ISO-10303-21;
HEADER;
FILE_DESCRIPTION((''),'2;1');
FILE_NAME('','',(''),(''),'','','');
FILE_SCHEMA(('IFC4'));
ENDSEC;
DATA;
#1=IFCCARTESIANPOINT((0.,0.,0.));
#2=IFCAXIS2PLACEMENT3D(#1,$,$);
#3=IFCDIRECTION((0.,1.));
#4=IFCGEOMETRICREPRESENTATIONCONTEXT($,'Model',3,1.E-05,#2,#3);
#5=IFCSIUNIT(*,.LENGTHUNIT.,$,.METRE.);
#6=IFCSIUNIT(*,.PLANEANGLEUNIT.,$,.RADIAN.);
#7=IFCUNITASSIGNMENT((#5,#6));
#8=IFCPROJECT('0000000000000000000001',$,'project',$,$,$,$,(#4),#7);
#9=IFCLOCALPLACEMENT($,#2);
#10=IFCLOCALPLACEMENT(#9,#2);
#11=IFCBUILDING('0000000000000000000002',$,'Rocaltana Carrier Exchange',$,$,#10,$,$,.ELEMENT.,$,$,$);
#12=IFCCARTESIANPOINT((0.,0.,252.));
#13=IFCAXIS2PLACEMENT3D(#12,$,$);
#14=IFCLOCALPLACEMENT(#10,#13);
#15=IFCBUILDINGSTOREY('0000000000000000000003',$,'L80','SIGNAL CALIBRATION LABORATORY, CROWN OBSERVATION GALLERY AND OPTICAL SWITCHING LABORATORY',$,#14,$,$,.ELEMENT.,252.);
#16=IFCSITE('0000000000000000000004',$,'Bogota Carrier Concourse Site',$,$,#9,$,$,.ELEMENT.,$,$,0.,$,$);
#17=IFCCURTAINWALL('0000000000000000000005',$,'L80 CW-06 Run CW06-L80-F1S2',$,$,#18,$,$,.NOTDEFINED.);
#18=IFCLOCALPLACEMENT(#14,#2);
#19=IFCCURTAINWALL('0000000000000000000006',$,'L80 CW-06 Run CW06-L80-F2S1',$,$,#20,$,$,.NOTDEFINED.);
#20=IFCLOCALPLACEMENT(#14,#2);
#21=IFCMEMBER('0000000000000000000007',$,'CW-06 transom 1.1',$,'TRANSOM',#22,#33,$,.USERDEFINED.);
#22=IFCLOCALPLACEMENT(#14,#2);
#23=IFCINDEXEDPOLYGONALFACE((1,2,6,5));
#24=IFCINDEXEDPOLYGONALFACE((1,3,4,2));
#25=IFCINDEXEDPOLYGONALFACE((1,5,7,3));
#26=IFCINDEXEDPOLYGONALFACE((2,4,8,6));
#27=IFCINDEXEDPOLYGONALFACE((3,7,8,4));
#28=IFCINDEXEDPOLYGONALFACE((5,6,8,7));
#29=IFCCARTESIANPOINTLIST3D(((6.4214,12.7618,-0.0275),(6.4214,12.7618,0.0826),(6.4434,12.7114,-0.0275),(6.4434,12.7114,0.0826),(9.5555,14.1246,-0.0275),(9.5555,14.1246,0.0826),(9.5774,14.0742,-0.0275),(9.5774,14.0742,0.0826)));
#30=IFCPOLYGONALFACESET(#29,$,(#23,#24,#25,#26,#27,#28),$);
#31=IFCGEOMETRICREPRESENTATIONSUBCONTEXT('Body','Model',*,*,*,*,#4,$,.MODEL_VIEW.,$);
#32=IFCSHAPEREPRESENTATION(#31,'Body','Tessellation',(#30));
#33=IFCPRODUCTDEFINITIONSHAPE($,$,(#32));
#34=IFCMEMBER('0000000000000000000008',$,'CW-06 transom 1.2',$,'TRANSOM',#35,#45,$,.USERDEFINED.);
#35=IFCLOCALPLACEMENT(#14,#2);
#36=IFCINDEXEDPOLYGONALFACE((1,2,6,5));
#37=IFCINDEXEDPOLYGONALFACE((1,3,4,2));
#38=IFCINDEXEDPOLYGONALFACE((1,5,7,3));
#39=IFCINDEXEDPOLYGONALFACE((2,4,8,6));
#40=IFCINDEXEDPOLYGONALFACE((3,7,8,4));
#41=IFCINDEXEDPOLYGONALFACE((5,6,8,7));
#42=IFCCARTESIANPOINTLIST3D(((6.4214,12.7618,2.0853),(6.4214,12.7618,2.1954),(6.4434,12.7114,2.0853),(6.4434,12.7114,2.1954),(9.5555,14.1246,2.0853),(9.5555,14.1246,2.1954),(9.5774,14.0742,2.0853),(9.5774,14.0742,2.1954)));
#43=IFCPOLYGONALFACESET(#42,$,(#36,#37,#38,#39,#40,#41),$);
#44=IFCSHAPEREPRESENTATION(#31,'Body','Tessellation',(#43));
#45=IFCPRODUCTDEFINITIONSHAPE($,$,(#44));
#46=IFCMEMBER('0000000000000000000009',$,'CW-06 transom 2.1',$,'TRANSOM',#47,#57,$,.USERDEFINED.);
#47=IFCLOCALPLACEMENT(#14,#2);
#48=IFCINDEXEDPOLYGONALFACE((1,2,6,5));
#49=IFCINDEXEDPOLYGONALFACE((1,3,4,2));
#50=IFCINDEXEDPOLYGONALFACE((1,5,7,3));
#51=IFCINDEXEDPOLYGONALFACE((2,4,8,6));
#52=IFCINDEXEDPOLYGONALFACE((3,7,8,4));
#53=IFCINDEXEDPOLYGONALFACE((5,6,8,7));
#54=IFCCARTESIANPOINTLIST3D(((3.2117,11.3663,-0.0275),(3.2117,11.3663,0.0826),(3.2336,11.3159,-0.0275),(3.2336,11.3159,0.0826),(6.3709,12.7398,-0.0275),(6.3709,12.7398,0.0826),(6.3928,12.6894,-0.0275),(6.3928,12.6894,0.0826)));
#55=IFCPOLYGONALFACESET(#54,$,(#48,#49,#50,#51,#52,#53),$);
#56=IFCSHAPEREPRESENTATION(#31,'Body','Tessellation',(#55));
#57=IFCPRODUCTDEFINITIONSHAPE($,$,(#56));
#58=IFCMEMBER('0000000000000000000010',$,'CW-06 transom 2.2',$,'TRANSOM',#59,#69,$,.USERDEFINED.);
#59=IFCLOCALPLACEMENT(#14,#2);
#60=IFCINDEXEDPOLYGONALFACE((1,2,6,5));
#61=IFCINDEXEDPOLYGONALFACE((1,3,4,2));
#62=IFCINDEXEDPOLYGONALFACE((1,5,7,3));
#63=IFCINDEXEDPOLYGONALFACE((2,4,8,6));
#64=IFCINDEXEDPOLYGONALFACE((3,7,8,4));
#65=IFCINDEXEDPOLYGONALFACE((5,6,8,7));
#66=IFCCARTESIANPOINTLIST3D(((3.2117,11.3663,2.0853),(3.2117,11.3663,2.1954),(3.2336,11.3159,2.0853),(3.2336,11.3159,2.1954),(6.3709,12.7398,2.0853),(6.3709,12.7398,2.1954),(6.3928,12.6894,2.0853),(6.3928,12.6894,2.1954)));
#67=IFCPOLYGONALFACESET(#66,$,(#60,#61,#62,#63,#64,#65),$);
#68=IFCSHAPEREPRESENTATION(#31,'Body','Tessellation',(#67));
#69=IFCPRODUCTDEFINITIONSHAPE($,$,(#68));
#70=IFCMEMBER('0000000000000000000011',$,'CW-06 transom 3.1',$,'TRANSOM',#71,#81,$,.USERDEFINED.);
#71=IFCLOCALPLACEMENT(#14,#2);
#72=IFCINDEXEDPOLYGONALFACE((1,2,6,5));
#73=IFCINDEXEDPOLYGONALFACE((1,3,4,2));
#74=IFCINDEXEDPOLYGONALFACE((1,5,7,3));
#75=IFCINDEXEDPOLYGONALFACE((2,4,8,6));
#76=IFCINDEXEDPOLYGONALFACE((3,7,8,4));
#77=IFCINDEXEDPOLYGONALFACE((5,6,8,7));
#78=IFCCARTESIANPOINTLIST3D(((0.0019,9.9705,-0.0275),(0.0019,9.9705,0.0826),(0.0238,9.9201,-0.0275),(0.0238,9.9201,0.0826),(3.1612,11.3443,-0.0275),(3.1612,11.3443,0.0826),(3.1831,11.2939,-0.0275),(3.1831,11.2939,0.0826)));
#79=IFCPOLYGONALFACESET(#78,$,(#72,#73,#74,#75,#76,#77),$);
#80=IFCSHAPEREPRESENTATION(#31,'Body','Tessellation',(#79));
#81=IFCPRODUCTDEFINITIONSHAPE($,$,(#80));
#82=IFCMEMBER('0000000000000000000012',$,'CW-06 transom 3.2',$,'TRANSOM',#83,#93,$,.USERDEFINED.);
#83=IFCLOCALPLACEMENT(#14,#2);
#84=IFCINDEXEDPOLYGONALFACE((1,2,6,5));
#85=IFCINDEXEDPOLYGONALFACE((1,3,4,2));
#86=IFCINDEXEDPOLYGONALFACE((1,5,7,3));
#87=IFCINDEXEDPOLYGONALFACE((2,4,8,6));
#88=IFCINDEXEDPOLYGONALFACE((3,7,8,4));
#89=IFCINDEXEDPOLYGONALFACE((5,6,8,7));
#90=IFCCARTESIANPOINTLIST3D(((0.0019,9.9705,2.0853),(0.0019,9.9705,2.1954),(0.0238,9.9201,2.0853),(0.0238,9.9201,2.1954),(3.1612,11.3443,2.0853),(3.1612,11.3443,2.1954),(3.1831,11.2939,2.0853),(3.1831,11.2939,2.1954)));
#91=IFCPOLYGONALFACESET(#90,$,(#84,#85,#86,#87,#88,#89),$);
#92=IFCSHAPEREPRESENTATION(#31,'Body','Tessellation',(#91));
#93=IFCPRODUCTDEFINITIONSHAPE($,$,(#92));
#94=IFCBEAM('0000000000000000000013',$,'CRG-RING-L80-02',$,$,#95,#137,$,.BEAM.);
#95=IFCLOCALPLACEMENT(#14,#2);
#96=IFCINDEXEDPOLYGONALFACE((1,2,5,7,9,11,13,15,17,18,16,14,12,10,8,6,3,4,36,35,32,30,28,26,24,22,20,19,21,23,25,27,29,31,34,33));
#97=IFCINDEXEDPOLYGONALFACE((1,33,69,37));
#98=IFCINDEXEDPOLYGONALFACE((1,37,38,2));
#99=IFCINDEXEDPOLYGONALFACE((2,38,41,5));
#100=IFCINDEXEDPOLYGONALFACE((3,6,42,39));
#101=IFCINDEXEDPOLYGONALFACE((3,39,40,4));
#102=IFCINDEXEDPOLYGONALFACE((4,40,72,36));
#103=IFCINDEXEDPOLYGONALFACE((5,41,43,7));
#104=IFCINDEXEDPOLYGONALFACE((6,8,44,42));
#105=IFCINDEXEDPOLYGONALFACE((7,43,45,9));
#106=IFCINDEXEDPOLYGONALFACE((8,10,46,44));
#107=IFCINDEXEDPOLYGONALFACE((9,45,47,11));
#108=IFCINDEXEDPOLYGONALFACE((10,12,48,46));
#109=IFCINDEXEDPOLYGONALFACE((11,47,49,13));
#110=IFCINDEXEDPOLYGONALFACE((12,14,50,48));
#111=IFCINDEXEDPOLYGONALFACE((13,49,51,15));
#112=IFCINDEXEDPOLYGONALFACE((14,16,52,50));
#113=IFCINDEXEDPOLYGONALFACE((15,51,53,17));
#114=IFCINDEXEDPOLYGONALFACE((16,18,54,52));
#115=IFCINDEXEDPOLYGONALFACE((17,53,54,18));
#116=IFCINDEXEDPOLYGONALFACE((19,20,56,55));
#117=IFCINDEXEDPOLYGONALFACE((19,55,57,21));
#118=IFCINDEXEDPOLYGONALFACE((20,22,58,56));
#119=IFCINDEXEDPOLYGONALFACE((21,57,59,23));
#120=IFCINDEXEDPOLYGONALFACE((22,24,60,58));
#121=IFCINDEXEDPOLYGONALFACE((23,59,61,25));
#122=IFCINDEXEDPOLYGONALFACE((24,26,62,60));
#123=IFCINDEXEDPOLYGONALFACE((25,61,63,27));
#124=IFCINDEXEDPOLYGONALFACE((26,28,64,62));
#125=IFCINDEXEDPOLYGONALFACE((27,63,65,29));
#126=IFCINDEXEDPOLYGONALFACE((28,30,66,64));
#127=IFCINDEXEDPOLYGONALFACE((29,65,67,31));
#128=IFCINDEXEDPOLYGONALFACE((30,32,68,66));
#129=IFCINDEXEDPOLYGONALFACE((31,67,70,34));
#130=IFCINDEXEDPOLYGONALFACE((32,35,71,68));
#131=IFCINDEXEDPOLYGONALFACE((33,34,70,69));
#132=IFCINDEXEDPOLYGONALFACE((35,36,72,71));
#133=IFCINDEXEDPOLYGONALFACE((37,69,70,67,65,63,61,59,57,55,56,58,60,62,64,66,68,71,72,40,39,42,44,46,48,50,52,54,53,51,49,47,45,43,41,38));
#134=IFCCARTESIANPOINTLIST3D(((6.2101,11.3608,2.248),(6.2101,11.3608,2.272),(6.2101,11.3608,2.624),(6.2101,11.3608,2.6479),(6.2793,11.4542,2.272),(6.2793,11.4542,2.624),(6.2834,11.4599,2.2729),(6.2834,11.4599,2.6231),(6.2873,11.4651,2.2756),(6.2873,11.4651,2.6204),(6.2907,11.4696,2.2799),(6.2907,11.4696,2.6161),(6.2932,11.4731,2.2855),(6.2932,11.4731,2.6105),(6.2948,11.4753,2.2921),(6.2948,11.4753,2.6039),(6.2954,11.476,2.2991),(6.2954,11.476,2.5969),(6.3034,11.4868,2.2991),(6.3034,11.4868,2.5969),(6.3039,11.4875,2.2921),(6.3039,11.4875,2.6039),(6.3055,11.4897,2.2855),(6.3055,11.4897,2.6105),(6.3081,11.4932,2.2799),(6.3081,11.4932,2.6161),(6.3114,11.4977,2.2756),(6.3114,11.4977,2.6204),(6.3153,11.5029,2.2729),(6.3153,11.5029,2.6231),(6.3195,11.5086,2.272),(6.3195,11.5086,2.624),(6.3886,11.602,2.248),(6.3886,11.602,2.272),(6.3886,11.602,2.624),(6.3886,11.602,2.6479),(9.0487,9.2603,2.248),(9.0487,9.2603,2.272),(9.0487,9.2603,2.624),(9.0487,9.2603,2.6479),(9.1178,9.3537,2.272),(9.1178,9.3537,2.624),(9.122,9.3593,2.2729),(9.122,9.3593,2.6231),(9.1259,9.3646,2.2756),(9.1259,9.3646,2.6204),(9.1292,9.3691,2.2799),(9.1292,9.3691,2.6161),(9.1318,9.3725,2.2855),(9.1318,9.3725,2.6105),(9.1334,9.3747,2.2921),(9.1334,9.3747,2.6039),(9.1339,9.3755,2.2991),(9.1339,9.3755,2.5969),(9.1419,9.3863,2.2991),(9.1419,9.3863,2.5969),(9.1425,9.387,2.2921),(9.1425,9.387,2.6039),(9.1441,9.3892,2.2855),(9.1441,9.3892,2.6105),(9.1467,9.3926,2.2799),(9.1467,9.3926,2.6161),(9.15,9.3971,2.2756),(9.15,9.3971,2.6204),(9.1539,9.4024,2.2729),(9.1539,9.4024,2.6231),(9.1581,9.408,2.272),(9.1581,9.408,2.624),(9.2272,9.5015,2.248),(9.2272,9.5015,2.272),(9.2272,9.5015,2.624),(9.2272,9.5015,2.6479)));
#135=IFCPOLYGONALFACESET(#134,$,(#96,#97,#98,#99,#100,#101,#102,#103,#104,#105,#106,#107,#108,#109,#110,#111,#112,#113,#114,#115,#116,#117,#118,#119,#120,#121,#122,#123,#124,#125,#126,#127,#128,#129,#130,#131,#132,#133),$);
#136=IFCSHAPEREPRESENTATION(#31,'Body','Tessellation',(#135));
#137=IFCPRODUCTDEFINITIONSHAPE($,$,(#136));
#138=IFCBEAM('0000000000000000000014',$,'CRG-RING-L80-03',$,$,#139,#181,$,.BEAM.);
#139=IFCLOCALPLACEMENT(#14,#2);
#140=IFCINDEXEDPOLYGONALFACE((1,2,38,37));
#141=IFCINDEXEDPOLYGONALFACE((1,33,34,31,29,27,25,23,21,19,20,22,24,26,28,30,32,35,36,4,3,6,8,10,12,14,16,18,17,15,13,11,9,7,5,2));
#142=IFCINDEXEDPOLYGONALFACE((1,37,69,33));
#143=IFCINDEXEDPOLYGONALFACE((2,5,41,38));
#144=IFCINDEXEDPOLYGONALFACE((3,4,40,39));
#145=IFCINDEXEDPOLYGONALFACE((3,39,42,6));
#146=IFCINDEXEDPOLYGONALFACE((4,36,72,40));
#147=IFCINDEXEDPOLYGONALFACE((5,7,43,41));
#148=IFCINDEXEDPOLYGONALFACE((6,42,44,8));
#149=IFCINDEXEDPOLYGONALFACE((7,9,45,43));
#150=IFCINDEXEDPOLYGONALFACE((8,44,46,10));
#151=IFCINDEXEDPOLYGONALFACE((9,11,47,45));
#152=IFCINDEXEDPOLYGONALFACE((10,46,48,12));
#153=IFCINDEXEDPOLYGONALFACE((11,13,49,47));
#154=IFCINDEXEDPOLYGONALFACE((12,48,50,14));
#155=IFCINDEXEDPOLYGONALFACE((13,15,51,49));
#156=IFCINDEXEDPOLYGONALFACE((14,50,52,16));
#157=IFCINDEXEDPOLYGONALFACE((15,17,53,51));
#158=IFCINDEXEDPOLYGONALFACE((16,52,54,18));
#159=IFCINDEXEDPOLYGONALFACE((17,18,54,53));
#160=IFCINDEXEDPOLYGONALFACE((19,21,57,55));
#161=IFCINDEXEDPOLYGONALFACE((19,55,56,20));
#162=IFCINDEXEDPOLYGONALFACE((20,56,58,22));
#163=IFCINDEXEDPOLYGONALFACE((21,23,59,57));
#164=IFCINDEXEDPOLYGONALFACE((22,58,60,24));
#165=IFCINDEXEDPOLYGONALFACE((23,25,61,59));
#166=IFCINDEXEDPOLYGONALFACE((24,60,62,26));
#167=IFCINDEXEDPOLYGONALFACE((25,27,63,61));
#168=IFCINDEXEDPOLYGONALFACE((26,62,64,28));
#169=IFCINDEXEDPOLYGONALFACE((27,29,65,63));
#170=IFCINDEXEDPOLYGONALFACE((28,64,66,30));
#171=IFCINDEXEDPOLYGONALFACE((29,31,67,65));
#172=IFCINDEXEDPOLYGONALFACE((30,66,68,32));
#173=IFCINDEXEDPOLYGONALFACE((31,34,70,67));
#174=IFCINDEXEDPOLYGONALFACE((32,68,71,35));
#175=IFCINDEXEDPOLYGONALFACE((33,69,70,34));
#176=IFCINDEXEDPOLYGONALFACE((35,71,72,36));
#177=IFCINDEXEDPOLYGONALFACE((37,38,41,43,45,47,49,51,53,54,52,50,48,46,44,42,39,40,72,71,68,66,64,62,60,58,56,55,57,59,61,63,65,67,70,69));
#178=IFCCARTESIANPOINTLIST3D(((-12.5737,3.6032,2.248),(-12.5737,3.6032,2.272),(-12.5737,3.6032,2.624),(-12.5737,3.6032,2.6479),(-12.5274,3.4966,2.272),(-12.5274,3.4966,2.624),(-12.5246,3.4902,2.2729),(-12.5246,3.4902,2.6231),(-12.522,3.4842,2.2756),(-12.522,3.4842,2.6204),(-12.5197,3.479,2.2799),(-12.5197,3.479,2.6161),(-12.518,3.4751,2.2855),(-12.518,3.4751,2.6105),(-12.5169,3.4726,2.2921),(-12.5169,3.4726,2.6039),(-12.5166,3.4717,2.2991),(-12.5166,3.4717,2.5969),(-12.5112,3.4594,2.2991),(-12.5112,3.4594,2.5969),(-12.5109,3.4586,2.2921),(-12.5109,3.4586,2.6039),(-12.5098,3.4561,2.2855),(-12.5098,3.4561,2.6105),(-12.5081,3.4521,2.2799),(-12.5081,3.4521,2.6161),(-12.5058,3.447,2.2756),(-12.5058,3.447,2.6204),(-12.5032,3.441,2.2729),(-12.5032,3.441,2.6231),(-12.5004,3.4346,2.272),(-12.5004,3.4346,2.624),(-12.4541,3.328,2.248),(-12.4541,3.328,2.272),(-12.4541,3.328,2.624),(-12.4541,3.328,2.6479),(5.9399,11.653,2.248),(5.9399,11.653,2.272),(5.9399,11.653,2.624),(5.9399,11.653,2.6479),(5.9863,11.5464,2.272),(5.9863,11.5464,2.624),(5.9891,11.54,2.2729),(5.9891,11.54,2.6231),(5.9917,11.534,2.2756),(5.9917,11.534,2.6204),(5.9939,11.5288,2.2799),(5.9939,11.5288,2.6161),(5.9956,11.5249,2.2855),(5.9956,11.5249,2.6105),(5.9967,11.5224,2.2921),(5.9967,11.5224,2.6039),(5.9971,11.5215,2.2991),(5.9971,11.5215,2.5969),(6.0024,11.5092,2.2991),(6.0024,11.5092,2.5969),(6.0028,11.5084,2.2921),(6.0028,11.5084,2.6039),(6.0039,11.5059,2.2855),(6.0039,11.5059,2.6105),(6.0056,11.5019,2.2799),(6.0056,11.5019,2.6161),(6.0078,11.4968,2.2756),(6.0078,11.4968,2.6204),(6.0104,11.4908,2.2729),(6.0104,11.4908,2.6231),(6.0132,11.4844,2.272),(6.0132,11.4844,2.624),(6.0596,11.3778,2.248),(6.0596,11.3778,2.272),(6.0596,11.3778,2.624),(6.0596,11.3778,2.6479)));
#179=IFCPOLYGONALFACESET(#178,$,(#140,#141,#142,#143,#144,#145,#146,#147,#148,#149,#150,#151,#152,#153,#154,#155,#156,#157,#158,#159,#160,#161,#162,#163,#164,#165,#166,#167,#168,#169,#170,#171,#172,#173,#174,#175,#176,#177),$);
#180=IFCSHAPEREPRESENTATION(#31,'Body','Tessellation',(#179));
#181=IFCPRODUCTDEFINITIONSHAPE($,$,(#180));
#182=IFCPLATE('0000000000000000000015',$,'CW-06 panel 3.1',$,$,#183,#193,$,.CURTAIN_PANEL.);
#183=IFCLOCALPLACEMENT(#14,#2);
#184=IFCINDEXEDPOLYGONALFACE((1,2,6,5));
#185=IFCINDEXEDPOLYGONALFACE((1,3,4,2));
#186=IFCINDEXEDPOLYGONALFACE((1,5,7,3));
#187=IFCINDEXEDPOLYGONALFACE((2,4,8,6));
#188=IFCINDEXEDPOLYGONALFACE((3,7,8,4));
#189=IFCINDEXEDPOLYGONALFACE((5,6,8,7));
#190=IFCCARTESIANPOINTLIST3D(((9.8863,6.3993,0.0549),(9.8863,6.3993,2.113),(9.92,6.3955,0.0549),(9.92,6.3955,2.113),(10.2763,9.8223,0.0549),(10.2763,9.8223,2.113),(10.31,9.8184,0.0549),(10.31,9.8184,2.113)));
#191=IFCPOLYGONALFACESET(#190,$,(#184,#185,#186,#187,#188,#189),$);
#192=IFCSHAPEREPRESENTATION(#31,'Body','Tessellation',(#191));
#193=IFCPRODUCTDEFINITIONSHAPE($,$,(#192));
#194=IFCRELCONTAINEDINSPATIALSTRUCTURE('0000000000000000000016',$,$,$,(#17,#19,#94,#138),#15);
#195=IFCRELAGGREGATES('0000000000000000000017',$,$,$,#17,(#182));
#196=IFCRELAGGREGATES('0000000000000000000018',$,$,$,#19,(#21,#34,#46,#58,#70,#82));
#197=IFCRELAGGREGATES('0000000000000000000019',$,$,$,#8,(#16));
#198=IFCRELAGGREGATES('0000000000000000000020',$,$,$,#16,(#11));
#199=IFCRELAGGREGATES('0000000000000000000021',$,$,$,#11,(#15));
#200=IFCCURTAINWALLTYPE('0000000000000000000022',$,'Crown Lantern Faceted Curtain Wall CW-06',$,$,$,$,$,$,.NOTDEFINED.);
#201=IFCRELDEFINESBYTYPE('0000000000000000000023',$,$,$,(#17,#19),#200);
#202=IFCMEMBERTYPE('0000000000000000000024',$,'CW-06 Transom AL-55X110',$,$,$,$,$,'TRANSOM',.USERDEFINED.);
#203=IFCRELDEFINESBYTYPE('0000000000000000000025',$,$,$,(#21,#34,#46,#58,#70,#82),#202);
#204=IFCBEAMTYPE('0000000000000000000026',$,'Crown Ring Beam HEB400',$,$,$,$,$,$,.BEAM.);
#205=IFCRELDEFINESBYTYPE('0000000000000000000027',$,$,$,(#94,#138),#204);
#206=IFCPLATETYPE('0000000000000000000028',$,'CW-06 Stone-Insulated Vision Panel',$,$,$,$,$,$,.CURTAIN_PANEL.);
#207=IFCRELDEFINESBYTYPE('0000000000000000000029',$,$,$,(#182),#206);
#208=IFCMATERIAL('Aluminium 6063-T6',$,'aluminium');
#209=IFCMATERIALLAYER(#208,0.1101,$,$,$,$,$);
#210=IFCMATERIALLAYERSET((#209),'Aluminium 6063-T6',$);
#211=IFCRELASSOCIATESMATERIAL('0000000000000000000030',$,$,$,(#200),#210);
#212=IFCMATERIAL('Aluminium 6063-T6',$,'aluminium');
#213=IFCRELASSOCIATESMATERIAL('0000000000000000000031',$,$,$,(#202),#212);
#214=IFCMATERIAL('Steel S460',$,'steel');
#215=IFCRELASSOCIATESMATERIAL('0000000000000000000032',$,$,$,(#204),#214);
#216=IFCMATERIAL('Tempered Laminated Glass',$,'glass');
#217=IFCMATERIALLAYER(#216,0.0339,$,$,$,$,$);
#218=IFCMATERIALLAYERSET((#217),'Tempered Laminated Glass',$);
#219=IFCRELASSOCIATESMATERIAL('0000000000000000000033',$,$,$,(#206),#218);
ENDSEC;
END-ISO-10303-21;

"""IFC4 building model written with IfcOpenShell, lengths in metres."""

from ifc_helpers import new_model, si_unit, direction, frame, origin, origin_2d, place, context, subcontext, project, spatial, rectangle, i_section, extrude, material, layer, layer_set, material_profile, profile_set, type_object, element, aggregate, save


model = new_model("IFC4")

# Units and contexts
model_context = context("Model", 3, precision=1e-05, world=origin(), true_north=direction((0.0, 1.0)))
body_context = subcontext(model_context, "Body", "Model", "MODEL_VIEW")
ifc_project = project(units=[si_unit("LENGTHUNIT", "METRE"), si_unit("PLANEANGLEUNIT", "RADIAN")], contexts=[model_context])

# Site, building, storey
site_placement = place(None, origin())
site = spatial("IfcSite", under=ifc_project, at=site_placement, Name="Bogota Carrier Concourse Site", CompositionType="ELEMENT", RefElevation=0.0)
building_placement = place(site_placement, origin())
building = spatial("IfcBuilding", under=site, at=building_placement, Name="Rocaltana Carrier Exchange", CompositionType="ELEMENT")
storey_placement = place(building_placement, frame((0.0, 0.0, 252.0)))
storey = spatial("IfcBuildingStorey", under=building, at=storey_placement, Name="L80", Description="SIGNAL CALIBRATION LABORATORY, CROWN OBSERVATION GALLERY AND OPTICAL SWITCHING LABORATORY", CompositionType="ELEMENT", Elevation=252.0)

# Curtain walls
ifc_material_1 = material(Name="Aluminium 6063-T6", Category="aluminium")
ifc_layer_1 = layer(ifc_material_1, 0.1101)
ifc_layer_set_1 = layer_set([ifc_layer_1], Name="Aluminium 6063-T6")
curtain_wall_type = type_object("IfcCurtainWallType", Name="Crown Lantern Faceted Curtain Wall CW-06", PredefinedType="NOTDEFINED", material=ifc_layer_set_1)
curtain_wall_1_placement = place(storey_placement, origin())
curtain_wall_1 = element("IfcCurtainWall", 1, at=curtain_wall_1_placement, inside=storey, type_object=curtain_wall_type, Name="L80 CW-06 Run CW06-L80-F1S2", PredefinedType="NOTDEFINED")
curtain_wall_2_placement = place(storey_placement, origin())
curtain_wall_2 = element("IfcCurtainWall", 2, at=curtain_wall_2_placement, inside=storey, type_object=curtain_wall_type, Name="L80 CW-06 Run CW06-L80-F2S1", PredefinedType="NOTDEFINED")

# Members
ifc_material_2 = material(Name="Aluminium 6063-T6", Category="aluminium")
ifc_material_profile_1 = material_profile(ifc_material_2, rectangle(XDim=0.0549, YDim=0.1101, at=origin_2d()), Name="AL-55X110")
ifc_profile_set_1 = profile_set([ifc_material_profile_1], Name="Aluminium 6063-T6")
member_type_1 = type_object("IfcMemberType", Name="CW-06 Transom AL-55X110", ElementType="TRANSOM", PredefinedType="USERDEFINED", material=ifc_profile_set_1)
member_1_placement = place(storey_placement, frame((9.5664, 14.0994, 0.0276), z_axis=(-0.917052, -0.398768, 0.0), x_axis=(0.398768, -0.917052, 0.0)))
member_1 = element("IfcMember", 3, at=member_1_placement, type_object=member_type_1, Name="CW-06 transom 1.1", ObjectType="TRANSOM", PredefinedType="USERDEFINED", context=body_context, shape_type="SweptSolid", body=[
    extrude(rectangle(XDim=0.0549, YDim=0.1101, at=origin_2d()), origin(), (0.0, 0.0, 1.0), 3.4175),
])
member_2_placement = place(storey_placement, frame((9.5664, 14.0994, 2.1404), z_axis=(-0.917052, -0.398768, 0.0), x_axis=(0.398768, -0.917052, 0.0)))
member_2 = element("IfcMember", 4, at=member_2_placement, type_object=member_type_1, Name="CW-06 transom 1.2", ObjectType="TRANSOM", PredefinedType="USERDEFINED", context=body_context, shape_type="SweptSolid", body=[
    extrude(rectangle(XDim=0.0549, YDim=0.1101, at=origin_2d()), origin(), (0.0, 0.0, 1.0), 3.4175),
])
member_3_placement = place(storey_placement, frame((6.3818, 12.7146, 0.0276), z_axis=(-0.917072, -0.398721, 0.0), x_axis=(0.398721, -0.917072, 0.0)))
member_3 = element("IfcMember", 5, at=member_3_placement, type_object=member_type_1, Name="CW-06 transom 2.1", ObjectType="TRANSOM", PredefinedType="USERDEFINED", context=body_context, shape_type="SweptSolid", body=[
    extrude(rectangle(XDim=0.0549, YDim=0.1101, at=origin_2d()), origin(), (0.0, 0.0, 1.0), 3.4448),
])
member_4_placement = place(storey_placement, frame((6.3818, 12.7146, 2.1404), z_axis=(-0.917072, -0.398721, 0.0), x_axis=(0.398721, -0.917072, 0.0)))
member_4 = element("IfcMember", 6, at=member_4_placement, type_object=member_type_1, Name="CW-06 transom 2.2", ObjectType="TRANSOM", PredefinedType="USERDEFINED", context=body_context, shape_type="SweptSolid", body=[
    extrude(rectangle(XDim=0.0549, YDim=0.1101, at=origin_2d()), origin(), (0.0, 0.0, 1.0), 3.4448),
])
member_5_placement = place(storey_placement, frame((3.1721, 11.3191, 0.0276), z_axis=(-0.917046, -0.398781, 0.0), x_axis=(0.398781, -0.917046, 0.0)))
member_5 = element("IfcMember", 7, at=member_5_placement, type_object=member_type_1, Name="CW-06 transom 3.1", ObjectType="TRANSOM", PredefinedType="USERDEFINED", context=body_context, shape_type="SweptSolid", body=[
    extrude(rectangle(XDim=0.0549, YDim=0.1101, at=origin_2d()), origin(), (0.0, 0.0, 1.0), 3.4451),
])
member_6_placement = place(storey_placement, frame((3.1721, 11.3191, 2.1404), z_axis=(-0.917046, -0.398781, 0.0), x_axis=(0.398781, -0.917046, 0.0)))
member_6 = element("IfcMember", 8, at=member_6_placement, type_object=member_type_1, Name="CW-06 transom 3.2", ObjectType="TRANSOM", PredefinedType="USERDEFINED", context=body_context, shape_type="SweptSolid", body=[
    extrude(rectangle(XDim=0.0549, YDim=0.1101, at=origin_2d()), origin(), (0.0, 0.0, 1.0), 3.4451),
])

# Beams
ifc_material_3 = material(Name="Steel S460", Category="steel")
ifc_material_profile_2 = material_profile(ifc_material_3, i_section(OverallWidth=0.3, OverallDepth=0.3999, WebThickness=0.0134, FlangeThickness=0.0239, FilletRadius=0.0271, at=origin_2d()), Name="HEB400")
ifc_profile_set_2 = profile_set([ifc_material_profile_2], Name="Steel S460")
beam_type = type_object("IfcBeamType", Name="Crown Ring Beam HEB400", PredefinedType="BEAM", material=ifc_profile_set_2)
beam_1_placement = place(storey_placement, frame((9.1379, 9.3809, 2.448), z_axis=(-0.803841, 0.594844, 0.0), x_axis=(-0.594844, -0.803841, 0.0)))
element("IfcBeam", 9, at=beam_1_placement, inside=storey, type_object=beam_type, Name="CRG-RING-L80-02", PredefinedType="BEAM", context=body_context, shape_type="SweptSolid", body=[
    extrude(i_section(OverallWidth=0.3, OverallDepth=0.3999, WebThickness=0.0134, FlangeThickness=0.0239, FilletRadius=0.0271, at=origin_2d()), origin(), (0.0, 0.0, 1.0), 3.5312),
])
beam_2_placement = place(storey_placement, frame((5.9998, 11.5154, 2.448), z_axis=(-0.917063, -0.398742, 0.0), x_axis=(0.398742, -0.917063, 0.0)))
element("IfcBeam", 10, at=beam_2_placement, inside=storey, type_object=beam_type, Name="CRG-RING-L80-03", PredefinedType="BEAM", context=body_context, shape_type="SweptSolid", body=[
    extrude(i_section(OverallWidth=0.3, OverallDepth=0.3999, WebThickness=0.0134, FlangeThickness=0.0239, FilletRadius=0.0271, at=origin_2d()), origin(), (0.0, 0.0, 1.0), 20.188),
])

# Plate
ifc_material_4 = material(Name="Tempered Laminated Glass", Category="glass")
ifc_layer_2 = layer(ifc_material_4, 0.0339)
ifc_layer_set_2 = layer_set([ifc_layer_2], Name="Tempered Laminated Glass")
plate_type = type_object("IfcPlateType", Name="CW-06 Stone-Insulated Vision Panel", PredefinedType="CURTAIN_PANEL", material=ifc_layer_set_2)
plate_1_placement = place(storey_placement, frame((10.0981, 8.1089, 0.0549), z_axis=(0.0, 0.0, 1.0), x_axis=(0.1132, 0.993572, 0.0)))
plate_1 = element("IfcPlate", 11, at=plate_1_placement, type_object=plate_type, Name="CW-06 panel 3.1", PredefinedType="CURTAIN_PANEL", context=body_context, shape_type="SweptSolid", body=[
    extrude(rectangle(XDim=3.4451, YDim=0.0339, at=origin_2d()), origin(), (0.0, 0.0, 1.0), 2.0581),
])
aggregate(curtain_wall_1, [plate_1])
aggregate(curtain_wall_2, [member_1, member_2, member_3, member_4, member_5, member_6])

save(model, "model.ifc")
